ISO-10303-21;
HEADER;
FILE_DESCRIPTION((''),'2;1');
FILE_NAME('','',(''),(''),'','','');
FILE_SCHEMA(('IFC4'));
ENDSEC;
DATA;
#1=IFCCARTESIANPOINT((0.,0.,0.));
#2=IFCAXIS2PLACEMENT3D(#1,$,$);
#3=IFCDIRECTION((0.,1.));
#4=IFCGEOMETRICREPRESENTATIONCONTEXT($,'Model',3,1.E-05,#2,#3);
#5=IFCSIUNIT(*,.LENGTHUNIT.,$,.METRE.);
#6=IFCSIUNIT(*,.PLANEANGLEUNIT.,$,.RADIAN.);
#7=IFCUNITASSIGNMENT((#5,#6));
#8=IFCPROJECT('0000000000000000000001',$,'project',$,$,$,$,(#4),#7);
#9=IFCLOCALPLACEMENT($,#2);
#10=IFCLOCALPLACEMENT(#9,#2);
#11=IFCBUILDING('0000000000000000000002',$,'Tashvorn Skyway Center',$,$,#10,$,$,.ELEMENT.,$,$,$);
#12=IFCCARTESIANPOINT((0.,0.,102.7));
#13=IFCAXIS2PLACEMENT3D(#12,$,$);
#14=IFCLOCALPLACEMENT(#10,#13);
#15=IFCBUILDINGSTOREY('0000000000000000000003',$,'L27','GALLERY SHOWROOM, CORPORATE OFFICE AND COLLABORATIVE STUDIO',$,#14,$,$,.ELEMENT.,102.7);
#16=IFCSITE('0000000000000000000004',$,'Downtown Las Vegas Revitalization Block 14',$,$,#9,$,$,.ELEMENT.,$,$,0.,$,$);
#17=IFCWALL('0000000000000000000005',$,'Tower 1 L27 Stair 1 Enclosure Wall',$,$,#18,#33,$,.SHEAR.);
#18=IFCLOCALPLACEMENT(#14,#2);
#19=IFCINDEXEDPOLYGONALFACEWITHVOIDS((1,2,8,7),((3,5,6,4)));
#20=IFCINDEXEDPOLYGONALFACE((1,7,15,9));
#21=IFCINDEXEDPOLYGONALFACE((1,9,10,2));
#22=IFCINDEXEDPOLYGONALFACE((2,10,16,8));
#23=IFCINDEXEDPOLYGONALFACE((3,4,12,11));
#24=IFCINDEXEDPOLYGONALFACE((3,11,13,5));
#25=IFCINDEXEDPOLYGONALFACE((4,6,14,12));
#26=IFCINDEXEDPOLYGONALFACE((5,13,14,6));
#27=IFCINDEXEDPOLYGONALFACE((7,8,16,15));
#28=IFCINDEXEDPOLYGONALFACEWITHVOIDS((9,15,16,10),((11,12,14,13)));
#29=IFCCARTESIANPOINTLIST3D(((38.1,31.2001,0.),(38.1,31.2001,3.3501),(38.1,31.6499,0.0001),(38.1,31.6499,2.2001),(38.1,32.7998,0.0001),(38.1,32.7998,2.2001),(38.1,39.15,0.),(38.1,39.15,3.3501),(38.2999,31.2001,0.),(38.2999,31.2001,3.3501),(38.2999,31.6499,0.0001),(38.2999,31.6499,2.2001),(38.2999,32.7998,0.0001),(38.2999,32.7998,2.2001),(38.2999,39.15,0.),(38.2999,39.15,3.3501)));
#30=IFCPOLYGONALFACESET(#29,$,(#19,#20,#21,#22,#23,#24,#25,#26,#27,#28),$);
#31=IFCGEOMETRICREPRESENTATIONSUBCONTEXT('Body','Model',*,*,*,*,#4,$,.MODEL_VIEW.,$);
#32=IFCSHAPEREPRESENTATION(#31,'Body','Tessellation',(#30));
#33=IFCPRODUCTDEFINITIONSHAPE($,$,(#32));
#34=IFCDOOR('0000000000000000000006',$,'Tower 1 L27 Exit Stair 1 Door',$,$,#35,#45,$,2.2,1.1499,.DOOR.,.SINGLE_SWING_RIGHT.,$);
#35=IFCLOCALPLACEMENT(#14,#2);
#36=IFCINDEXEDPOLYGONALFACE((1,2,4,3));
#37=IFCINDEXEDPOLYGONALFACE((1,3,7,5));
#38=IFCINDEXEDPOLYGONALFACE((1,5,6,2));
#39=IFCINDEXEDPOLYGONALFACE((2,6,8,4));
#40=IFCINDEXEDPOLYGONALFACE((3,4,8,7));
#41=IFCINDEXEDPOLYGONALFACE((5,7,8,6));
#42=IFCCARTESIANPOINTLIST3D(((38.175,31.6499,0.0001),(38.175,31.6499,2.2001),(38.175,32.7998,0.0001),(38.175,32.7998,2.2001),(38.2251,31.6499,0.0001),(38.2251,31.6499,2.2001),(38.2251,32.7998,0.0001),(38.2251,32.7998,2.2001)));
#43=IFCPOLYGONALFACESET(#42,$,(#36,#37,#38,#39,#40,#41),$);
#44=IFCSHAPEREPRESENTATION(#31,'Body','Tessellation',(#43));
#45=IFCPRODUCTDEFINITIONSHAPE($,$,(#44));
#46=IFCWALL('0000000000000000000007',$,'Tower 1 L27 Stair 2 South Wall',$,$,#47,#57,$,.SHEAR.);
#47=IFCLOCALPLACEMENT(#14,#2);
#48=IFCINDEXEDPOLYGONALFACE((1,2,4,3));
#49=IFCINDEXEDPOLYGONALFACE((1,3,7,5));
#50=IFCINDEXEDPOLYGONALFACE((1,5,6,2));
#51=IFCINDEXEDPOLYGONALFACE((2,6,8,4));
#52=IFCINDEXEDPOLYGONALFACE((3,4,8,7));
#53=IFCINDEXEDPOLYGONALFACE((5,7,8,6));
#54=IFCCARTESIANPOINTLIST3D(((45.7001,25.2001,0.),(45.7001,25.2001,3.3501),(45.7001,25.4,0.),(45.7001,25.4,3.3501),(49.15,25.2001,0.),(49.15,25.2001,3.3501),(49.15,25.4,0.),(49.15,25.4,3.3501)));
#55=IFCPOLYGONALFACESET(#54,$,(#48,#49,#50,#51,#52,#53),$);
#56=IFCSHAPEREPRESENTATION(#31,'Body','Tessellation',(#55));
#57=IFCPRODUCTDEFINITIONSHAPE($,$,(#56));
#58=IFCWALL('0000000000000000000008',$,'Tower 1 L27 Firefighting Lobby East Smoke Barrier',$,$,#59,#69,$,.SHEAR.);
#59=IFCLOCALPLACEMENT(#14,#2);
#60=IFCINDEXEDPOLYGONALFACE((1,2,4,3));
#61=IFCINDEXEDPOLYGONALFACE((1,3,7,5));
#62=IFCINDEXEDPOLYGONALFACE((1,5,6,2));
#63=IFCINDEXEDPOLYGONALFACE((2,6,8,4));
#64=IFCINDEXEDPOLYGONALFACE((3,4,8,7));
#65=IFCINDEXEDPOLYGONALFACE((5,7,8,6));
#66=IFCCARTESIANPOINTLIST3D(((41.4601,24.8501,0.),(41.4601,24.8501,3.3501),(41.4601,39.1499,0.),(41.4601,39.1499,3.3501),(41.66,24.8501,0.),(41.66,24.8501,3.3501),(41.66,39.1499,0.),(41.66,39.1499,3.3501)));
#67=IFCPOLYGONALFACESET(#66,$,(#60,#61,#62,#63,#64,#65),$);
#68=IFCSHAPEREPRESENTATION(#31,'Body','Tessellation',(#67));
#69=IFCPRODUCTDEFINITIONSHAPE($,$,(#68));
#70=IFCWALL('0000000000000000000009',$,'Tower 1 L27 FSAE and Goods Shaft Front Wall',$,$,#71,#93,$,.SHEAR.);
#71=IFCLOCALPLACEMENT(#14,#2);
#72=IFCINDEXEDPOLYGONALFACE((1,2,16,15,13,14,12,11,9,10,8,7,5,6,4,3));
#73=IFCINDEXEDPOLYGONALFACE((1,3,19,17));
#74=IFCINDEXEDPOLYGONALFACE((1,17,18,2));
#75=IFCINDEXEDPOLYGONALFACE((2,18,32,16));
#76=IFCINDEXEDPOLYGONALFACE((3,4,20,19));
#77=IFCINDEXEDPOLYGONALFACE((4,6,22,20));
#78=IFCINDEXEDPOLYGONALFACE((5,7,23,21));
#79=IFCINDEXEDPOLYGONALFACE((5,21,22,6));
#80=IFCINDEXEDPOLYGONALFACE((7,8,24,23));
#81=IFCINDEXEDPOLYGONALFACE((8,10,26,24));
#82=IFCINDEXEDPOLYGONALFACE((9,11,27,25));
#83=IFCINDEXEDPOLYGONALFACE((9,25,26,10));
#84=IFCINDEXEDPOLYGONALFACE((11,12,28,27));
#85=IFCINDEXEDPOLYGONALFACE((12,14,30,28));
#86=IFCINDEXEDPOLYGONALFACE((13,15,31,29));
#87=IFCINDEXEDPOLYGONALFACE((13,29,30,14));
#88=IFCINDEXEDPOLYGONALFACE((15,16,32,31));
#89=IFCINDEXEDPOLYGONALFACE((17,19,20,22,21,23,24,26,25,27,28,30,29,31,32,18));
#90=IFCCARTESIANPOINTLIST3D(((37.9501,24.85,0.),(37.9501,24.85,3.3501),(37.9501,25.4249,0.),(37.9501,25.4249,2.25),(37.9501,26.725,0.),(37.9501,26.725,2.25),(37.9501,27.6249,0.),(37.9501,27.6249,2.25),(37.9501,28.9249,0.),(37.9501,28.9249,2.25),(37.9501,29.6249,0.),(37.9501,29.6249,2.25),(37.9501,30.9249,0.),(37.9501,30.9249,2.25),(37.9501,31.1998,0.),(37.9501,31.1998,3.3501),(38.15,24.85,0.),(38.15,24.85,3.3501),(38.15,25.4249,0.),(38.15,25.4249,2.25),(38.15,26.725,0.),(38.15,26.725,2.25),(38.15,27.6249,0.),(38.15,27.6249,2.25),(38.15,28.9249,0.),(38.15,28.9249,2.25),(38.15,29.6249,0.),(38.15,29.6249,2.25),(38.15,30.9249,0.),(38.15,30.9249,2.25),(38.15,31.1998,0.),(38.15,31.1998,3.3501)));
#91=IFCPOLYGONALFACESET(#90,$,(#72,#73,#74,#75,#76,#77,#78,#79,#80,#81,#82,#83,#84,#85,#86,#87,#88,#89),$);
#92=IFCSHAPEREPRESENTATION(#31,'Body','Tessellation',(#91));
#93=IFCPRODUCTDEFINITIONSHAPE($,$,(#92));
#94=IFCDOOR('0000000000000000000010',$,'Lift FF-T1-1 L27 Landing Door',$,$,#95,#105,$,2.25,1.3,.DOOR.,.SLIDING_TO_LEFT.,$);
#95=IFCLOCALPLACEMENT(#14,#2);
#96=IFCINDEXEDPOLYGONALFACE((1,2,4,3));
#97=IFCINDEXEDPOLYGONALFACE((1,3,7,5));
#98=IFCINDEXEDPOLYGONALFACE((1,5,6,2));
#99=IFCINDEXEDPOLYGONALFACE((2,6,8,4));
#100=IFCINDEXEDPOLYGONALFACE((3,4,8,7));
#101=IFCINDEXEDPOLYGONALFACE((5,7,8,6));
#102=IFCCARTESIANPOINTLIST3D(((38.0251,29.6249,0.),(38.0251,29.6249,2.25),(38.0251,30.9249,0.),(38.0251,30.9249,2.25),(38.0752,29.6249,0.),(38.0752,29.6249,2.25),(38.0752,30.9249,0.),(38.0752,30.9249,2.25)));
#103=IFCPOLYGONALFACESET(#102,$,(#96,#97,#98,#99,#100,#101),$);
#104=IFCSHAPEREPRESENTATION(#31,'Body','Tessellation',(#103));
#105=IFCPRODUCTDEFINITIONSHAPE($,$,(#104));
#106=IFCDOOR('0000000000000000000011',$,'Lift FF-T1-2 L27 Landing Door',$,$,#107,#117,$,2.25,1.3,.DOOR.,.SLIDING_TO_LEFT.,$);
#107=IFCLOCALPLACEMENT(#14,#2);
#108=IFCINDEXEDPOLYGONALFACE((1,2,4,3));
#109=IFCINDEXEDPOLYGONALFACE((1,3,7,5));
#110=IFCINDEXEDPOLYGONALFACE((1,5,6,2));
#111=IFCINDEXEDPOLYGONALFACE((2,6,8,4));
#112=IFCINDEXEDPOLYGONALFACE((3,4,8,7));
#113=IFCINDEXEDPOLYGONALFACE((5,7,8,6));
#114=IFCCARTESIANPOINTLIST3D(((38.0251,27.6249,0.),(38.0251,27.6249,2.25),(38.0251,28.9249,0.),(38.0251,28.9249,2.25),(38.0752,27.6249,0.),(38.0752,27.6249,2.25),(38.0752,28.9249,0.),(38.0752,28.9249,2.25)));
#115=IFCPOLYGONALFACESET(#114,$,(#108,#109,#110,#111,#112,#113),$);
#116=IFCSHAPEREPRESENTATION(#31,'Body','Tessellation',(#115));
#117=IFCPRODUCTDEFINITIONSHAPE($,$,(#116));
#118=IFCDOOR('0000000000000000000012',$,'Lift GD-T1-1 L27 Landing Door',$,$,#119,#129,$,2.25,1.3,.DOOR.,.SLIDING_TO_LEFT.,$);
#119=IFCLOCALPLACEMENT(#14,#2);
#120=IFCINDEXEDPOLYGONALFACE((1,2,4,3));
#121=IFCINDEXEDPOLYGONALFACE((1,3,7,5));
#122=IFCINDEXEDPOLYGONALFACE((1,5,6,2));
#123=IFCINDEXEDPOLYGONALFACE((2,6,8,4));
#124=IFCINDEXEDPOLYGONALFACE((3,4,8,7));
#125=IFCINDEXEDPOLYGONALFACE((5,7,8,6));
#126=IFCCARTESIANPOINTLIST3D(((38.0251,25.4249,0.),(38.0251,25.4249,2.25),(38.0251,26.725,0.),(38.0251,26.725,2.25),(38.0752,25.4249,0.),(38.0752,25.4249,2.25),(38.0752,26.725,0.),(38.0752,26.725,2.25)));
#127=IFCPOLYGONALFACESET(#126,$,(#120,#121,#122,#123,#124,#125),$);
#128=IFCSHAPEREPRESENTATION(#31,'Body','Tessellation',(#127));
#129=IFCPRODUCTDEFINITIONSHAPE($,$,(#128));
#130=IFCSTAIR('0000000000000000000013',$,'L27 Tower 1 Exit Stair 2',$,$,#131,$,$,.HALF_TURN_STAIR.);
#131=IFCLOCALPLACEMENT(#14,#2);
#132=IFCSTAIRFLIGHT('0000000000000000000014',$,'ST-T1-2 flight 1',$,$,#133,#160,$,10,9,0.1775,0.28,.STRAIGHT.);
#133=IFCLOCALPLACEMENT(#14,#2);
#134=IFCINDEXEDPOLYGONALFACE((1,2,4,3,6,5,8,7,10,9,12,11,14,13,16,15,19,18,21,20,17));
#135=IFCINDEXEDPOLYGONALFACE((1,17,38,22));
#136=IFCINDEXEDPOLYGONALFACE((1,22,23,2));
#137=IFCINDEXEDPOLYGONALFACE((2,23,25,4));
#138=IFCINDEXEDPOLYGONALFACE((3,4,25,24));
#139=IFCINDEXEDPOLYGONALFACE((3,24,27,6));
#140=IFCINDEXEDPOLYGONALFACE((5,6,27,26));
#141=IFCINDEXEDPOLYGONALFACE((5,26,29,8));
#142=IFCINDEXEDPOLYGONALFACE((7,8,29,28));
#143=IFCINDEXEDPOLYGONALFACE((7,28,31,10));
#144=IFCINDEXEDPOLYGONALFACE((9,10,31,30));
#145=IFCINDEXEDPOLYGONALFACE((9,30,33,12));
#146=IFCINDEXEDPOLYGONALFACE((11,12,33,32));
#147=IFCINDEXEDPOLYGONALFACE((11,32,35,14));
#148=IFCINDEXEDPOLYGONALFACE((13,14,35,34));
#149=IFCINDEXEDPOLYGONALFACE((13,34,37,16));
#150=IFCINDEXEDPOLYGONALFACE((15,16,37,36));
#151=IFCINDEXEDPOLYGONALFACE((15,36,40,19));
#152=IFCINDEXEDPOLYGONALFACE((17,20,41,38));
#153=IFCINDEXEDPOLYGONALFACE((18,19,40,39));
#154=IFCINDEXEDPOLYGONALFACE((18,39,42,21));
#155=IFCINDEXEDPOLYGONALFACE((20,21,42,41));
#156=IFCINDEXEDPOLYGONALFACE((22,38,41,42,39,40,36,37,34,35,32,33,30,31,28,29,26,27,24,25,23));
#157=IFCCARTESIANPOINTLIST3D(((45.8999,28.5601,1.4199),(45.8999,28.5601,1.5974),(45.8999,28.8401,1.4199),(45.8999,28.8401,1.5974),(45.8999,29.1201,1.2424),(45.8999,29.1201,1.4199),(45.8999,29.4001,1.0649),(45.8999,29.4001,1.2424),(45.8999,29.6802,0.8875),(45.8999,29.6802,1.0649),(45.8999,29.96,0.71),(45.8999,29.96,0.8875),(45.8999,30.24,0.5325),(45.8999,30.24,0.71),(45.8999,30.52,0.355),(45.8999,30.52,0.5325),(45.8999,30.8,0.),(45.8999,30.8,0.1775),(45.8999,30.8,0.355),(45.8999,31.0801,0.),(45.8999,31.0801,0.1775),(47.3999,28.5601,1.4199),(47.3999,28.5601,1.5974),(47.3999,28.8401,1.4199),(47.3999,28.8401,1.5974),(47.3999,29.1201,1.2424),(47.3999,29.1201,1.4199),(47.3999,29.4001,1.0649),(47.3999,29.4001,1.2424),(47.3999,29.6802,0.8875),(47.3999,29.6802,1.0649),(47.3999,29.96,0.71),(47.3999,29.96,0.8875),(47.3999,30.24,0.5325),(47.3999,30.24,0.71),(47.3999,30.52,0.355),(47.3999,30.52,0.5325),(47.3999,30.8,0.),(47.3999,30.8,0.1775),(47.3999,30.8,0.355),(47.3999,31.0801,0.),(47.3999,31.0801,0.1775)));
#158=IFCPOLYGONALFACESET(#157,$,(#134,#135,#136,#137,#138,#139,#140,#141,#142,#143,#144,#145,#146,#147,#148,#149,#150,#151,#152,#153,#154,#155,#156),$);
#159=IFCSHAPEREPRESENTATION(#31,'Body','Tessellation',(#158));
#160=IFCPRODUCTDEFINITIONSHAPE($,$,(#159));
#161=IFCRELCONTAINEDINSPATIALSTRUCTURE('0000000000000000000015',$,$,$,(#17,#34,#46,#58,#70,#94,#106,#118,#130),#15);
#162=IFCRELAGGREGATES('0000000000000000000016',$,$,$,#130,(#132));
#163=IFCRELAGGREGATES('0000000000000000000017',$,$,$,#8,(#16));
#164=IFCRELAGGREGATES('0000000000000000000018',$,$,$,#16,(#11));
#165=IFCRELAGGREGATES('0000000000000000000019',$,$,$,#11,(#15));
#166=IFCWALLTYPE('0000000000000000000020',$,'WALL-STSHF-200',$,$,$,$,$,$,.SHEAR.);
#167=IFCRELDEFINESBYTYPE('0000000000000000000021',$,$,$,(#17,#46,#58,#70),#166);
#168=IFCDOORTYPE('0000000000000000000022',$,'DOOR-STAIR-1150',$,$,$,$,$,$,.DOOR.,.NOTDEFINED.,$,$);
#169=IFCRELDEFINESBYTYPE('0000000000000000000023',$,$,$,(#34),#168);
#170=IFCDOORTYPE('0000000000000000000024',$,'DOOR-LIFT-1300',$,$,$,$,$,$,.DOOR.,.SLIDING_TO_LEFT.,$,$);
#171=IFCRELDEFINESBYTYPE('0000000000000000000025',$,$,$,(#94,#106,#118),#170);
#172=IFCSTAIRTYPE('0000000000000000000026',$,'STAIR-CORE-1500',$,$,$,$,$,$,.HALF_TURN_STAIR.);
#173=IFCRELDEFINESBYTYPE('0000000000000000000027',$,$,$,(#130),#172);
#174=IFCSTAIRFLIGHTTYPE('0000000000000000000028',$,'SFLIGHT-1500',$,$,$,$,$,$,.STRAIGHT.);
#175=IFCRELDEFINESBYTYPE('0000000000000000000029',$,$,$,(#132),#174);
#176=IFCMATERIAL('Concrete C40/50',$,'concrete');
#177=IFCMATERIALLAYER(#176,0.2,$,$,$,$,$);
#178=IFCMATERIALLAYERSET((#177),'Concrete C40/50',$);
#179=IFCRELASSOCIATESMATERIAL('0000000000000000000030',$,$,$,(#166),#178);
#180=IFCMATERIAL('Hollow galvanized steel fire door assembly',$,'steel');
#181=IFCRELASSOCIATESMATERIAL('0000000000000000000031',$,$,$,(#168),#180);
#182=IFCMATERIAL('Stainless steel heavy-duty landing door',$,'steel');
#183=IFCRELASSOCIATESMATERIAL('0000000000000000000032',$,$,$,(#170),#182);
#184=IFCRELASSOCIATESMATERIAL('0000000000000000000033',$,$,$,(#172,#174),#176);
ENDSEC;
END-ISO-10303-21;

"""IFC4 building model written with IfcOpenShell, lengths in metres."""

from ifc_helpers import new_model, si_unit, direction, frame, frame_2d, origin, place, context, subcontext, project, spatial, polyline, rectangle, outline, extrude, material, layer, layer_set, type_object, element, fill, aggregate, save


model = new_model("IFC4")

# Units and contexts
model_context = context("Model", 3, precision=1e-05, world=origin(), true_north=direction((0.0, 1.0)))
body_context = subcontext(model_context, "Body", "Model", "MODEL_VIEW")
ifc_project = project(units=[si_unit("LENGTHUNIT", "METRE"), si_unit("PLANEANGLEUNIT", "RADIAN")], contexts=[model_context])

# Site, building, storey
site_placement = place(None, origin())
site = spatial("IfcSite", under=ifc_project, at=site_placement, Name="Downtown Las Vegas Revitalization Block 14", CompositionType="ELEMENT", RefElevation=0.0)
building_placement = place(site_placement, origin())
building = spatial("IfcBuilding", under=site, at=building_placement, Name="Tashvorn Skyway Center", CompositionType="ELEMENT")
storey_placement = place(building_placement, frame((0.0, 0.0, 102.7)))
storey = spatial("IfcBuildingStorey", under=building, at=storey_placement, Name="L27", Description="GALLERY SHOWROOM, CORPORATE OFFICE AND COLLABORATIVE STUDIO", CompositionType="ELEMENT", Elevation=102.7)

# Shared definitions
ifc_material_1 = material(Name="Concrete C40/50", Category="concrete")
ifc_material_2 = material(Name="Hollow galvanized steel fire door assembly", Category="steel")

# Wall, opening, door
ifc_layer_1 = layer(ifc_material_1, 0.2)
ifc_layer_set_1 = layer_set([ifc_layer_1], Name="Concrete C40/50")
wall_type_1 = type_object("IfcWallType", Name="WALL-STSHF-200", PredefinedType="SHEAR", material=ifc_layer_set_1)
wall_1_placement = place(storey_placement, frame((38.2, 31.2, 0.0), z_axis=(0.0, 0.0, 1.0), x_axis=(0.0, 1.0, 0.0)))
wall_1 = element("IfcWall", 1, at=wall_1_placement, inside=storey, type_object=wall_type_1, Name="Tower 1 L27 Stair 1 Enclosure Wall", PredefinedType="SHEAR", context=body_context, shape_type="SweptSolid", body=[
    extrude(rectangle(XDim=7.95, YDim=0.2, at=frame_2d((3.9751, 0.0))), origin(), (0.0, 0.0, 1.0), 3.3501),
])
opening_1_placement = place(wall_1_placement, frame((0.45, 0.0, 0.0)))
opening_1 = element("IfcOpeningElement", 2, at=opening_1_placement, cuts=wall_1, PredefinedType="OPENING", context=body_context, shape_type="SweptSolid", body=[
    extrude(rectangle(XDim=1.1499, YDim=2.2, at=frame_2d((0.575, 1.1001))), frame((0.0, 0.1099, 0.0), z_axis=(0.0, -1.0, 0.0), x_axis=(1.0, 0.0, 0.0)), (0.0, 0.0, 1.0), 0.22),
])
door_type_1 = type_object("IfcDoorType", Name="DOOR-STAIR-1150", OperationType="NOTDEFINED", PredefinedType="DOOR", material=ifc_material_2)
door_1_placement = place(opening_1_placement, origin())
door_1 = element("IfcDoor", 3, at=door_1_placement, inside=storey, type_object=door_type_1, Name="Tower 1 L27 Exit Stair 1 Door", OperationType="SINGLE_SWING_RIGHT", OverallHeight=2.2, OverallWidth=1.1499, PredefinedType="DOOR", context=body_context, shape_type="SweptSolid", body=[
    extrude(rectangle(XDim=1.1499, YDim=2.2, at=frame_2d((0.575, 1.1001))), frame((0.0, 0.0249, 0.0), z_axis=(0.0, -1.0, 0.0), x_axis=(1.0, 0.0, 0.0)), (0.0, 0.0, 1.0), 0.05),
])
fill(opening_1, door_1)

# Walls
wall_2_placement = place(storey_placement, frame((45.7, 25.3, 0.0), z_axis=(0.0, 0.0, 1.0), x_axis=(1.0, 0.0, 0.0)))
element("IfcWall", 4, at=wall_2_placement, inside=storey, type_object=wall_type_1, Name="Tower 1 L27 Stair 2 South Wall", PredefinedType="SHEAR", context=body_context, shape_type="SweptSolid", body=[
    extrude(rectangle(XDim=3.45, YDim=0.2, at=frame_2d((1.7251, 0.0))), origin(), (0.0, 0.0, 1.0), 3.3501),
])
wall_3_placement = place(storey_placement, frame((41.5601, 24.8501, 0.0), z_axis=(0.0, 0.0, 1.0), x_axis=(0.0, 1.0, 0.0)))
element("IfcWall", 5, at=wall_3_placement, inside=storey, type_object=wall_type_1, Name="Tower 1 L27 Firefighting Lobby East Smoke Barrier", PredefinedType="SHEAR", context=body_context, shape_type="SweptSolid", body=[
    extrude(rectangle(XDim=14.2998, YDim=0.2, at=frame_2d((7.1499, 0.0))), origin(), (0.0, 0.0, 1.0), 3.3501),
])

# Wall, openings, doors
wall_4_placement = place(storey_placement, frame((38.05, 24.8501, 0.0), z_axis=(0.0, 0.0, 1.0), x_axis=(0.0, 1.0, 0.0)))
wall_4 = element("IfcWall", 6, at=wall_4_placement, inside=storey, type_object=wall_type_1, Name="Tower 1 L27 FSAE and Goods Shaft Front Wall", PredefinedType="SHEAR", context=body_context, shape_type="SweptSolid", body=[
    extrude(rectangle(XDim=6.3499, YDim=0.2, at=frame_2d((3.1748, 0.0))), origin(), (0.0, 0.0, 1.0), 3.3501),
])
opening_2_placement = place(wall_4_placement, frame((4.7749, 0.0, 0.0)))
opening_2 = element("IfcOpeningElement", 7, at=opening_2_placement, cuts=wall_4, PredefinedType="OPENING", context=body_context, shape_type="SweptSolid", body=[
    extrude(rectangle(XDim=1.3, YDim=2.25, at=frame_2d((0.6499, 1.125))), frame((0.0, 0.1099, 0.0), z_axis=(0.0, -1.0, 0.0), x_axis=(1.0, 0.0, 0.0)), (0.0, 0.0, 1.0), 0.22),
])
opening_3_placement = place(wall_4_placement, frame((2.7749, 0.0, 0.0)))
opening_3 = element("IfcOpeningElement", 8, at=opening_3_placement, cuts=wall_4, PredefinedType="OPENING", context=body_context, shape_type="SweptSolid", body=[
    extrude(rectangle(XDim=1.3, YDim=2.25, at=frame_2d((0.6499, 1.125))), frame((0.0, 0.1099, 0.0), z_axis=(0.0, -1.0, 0.0), x_axis=(1.0, 0.0, 0.0)), (0.0, 0.0, 1.0), 0.22),
])
opening_4_placement = place(wall_4_placement, frame((0.575, 0.0, 0.0)))
opening_4 = element("IfcOpeningElement", 9, at=opening_4_placement, cuts=wall_4, PredefinedType="OPENING", context=body_context, shape_type="SweptSolid", body=[
    extrude(rectangle(XDim=1.3, YDim=2.25, at=frame_2d((0.6499, 1.125))), frame((0.0, 0.1099, 0.0), z_axis=(0.0, -1.0, 0.0), x_axis=(1.0, 0.0, 0.0)), (0.0, 0.0, 1.0), 0.22),
])
ifc_material_3 = material(Name="Stainless steel heavy-duty landing door", Category="steel")
door_type_2 = type_object("IfcDoorType", Name="DOOR-LIFT-1300", OperationType="SLIDING_TO_LEFT", PredefinedType="DOOR", material=ifc_material_3)
door_2_placement = place(opening_2_placement, origin())
door_2 = element("IfcDoor", 10, at=door_2_placement, inside=storey, type_object=door_type_2, Name="Lift FF-T1-1 L27 Landing Door", OperationType="SLIDING_TO_LEFT", OverallHeight=2.25, OverallWidth=1.3, PredefinedType="DOOR", context=body_context, shape_type="SweptSolid", body=[
    extrude(rectangle(XDim=1.3, YDim=2.25, at=frame_2d((0.6499, 1.125))), frame((0.0, 0.0249, 0.0), z_axis=(0.0, -1.0, 0.0), x_axis=(1.0, 0.0, 0.0)), (0.0, 0.0, 1.0), 0.05),
])
fill(opening_2, door_2)
door_3_placement = place(opening_3_placement, origin())
door_3 = element("IfcDoor", 11, at=door_3_placement, inside=storey, type_object=door_type_2, Name="Lift FF-T1-2 L27 Landing Door", OperationType="SLIDING_TO_LEFT", OverallHeight=2.25, OverallWidth=1.3, PredefinedType="DOOR", context=body_context, shape_type="SweptSolid", body=[
    extrude(rectangle(XDim=1.3, YDim=2.25, at=frame_2d((0.6499, 1.125))), frame((0.0, 0.0249, 0.0), z_axis=(0.0, -1.0, 0.0), x_axis=(1.0, 0.0, 0.0)), (0.0, 0.0, 1.0), 0.05),
])
fill(opening_3, door_3)
door_4_placement = place(opening_4_placement, origin())
door_4 = element("IfcDoor", 12, at=door_4_placement, inside=storey, type_object=door_type_2, Name="Lift GD-T1-1 L27 Landing Door", OperationType="SLIDING_TO_LEFT", OverallHeight=2.25, OverallWidth=1.3, PredefinedType="DOOR", context=body_context, shape_type="SweptSolid", body=[
    extrude(rectangle(XDim=1.3, YDim=2.25, at=frame_2d((0.6499, 1.125))), frame((0.0, 0.0249, 0.0), z_axis=(0.0, -1.0, 0.0), x_axis=(1.0, 0.0, 0.0)), (0.0, 0.0, 1.0), 0.05),
])
fill(opening_4, door_4)

# Stair, stair flight
stair_type = type_object("IfcStairType", Name="STAIR-CORE-1500", PredefinedType="HALF_TURN_STAIR", material=ifc_material_1)
stair_placement = place(storey_placement, origin())
stair = element("IfcStair", 13, at=stair_placement, inside=storey, type_object=stair_type, Name="L27 Tower 1 Exit Stair 2", PredefinedType="HALF_TURN_STAIR")
stair_flight_type = type_object("IfcStairFlightType", Name="SFLIGHT-1500", PredefinedType="STRAIGHT", material=ifc_material_1)
stair_flight_placement = place(storey_placement, frame((46.6499, 31.0801, 0.0), z_axis=(0.0, 0.0, 1.0), x_axis=(0.0, -1.0, 0.0)))
stair_flight = element("IfcStairFlight", 14, at=stair_flight_placement, type_object=stair_flight_type, Name="ST-T1-2 flight 1", NumberOfRisers=10, NumberOfTreads=9, PredefinedType="STRAIGHT", RiserHeight=0.1775, TreadLength=0.28, context=body_context, shape_type="SweptSolid", body=[
    extrude(outline(polyline([(0.0, 0.0), (0.0, 0.1775), (0.28, 0.1775), (0.28, 0.355), (0.5601, 0.355), (0.5601, 0.5325), (0.8401, 0.5325), (0.8401, 0.71), (1.1201, 0.71), (1.1201, 0.8875), (1.3999, 0.8875), (1.3999, 1.0649), (1.6799, 1.0649), (1.6799, 1.2424), (1.96, 1.2424), (1.96, 1.4199), (2.24, 1.4199), (2.24, 1.5974), (2.52, 1.5974), (2.52, 1.7749), (2.52, 1.4199), (0.28, 0.0), (0.0, 0.0)])), frame((0.0, 0.75, 0.0), z_axis=(0.0, -1.0, 0.0), x_axis=(1.0, 0.0, 0.0)), (0.0, 0.0, 1.0), 1.5),
])
aggregate(stair, [stair_flight])

save(model, "model.ifc")
